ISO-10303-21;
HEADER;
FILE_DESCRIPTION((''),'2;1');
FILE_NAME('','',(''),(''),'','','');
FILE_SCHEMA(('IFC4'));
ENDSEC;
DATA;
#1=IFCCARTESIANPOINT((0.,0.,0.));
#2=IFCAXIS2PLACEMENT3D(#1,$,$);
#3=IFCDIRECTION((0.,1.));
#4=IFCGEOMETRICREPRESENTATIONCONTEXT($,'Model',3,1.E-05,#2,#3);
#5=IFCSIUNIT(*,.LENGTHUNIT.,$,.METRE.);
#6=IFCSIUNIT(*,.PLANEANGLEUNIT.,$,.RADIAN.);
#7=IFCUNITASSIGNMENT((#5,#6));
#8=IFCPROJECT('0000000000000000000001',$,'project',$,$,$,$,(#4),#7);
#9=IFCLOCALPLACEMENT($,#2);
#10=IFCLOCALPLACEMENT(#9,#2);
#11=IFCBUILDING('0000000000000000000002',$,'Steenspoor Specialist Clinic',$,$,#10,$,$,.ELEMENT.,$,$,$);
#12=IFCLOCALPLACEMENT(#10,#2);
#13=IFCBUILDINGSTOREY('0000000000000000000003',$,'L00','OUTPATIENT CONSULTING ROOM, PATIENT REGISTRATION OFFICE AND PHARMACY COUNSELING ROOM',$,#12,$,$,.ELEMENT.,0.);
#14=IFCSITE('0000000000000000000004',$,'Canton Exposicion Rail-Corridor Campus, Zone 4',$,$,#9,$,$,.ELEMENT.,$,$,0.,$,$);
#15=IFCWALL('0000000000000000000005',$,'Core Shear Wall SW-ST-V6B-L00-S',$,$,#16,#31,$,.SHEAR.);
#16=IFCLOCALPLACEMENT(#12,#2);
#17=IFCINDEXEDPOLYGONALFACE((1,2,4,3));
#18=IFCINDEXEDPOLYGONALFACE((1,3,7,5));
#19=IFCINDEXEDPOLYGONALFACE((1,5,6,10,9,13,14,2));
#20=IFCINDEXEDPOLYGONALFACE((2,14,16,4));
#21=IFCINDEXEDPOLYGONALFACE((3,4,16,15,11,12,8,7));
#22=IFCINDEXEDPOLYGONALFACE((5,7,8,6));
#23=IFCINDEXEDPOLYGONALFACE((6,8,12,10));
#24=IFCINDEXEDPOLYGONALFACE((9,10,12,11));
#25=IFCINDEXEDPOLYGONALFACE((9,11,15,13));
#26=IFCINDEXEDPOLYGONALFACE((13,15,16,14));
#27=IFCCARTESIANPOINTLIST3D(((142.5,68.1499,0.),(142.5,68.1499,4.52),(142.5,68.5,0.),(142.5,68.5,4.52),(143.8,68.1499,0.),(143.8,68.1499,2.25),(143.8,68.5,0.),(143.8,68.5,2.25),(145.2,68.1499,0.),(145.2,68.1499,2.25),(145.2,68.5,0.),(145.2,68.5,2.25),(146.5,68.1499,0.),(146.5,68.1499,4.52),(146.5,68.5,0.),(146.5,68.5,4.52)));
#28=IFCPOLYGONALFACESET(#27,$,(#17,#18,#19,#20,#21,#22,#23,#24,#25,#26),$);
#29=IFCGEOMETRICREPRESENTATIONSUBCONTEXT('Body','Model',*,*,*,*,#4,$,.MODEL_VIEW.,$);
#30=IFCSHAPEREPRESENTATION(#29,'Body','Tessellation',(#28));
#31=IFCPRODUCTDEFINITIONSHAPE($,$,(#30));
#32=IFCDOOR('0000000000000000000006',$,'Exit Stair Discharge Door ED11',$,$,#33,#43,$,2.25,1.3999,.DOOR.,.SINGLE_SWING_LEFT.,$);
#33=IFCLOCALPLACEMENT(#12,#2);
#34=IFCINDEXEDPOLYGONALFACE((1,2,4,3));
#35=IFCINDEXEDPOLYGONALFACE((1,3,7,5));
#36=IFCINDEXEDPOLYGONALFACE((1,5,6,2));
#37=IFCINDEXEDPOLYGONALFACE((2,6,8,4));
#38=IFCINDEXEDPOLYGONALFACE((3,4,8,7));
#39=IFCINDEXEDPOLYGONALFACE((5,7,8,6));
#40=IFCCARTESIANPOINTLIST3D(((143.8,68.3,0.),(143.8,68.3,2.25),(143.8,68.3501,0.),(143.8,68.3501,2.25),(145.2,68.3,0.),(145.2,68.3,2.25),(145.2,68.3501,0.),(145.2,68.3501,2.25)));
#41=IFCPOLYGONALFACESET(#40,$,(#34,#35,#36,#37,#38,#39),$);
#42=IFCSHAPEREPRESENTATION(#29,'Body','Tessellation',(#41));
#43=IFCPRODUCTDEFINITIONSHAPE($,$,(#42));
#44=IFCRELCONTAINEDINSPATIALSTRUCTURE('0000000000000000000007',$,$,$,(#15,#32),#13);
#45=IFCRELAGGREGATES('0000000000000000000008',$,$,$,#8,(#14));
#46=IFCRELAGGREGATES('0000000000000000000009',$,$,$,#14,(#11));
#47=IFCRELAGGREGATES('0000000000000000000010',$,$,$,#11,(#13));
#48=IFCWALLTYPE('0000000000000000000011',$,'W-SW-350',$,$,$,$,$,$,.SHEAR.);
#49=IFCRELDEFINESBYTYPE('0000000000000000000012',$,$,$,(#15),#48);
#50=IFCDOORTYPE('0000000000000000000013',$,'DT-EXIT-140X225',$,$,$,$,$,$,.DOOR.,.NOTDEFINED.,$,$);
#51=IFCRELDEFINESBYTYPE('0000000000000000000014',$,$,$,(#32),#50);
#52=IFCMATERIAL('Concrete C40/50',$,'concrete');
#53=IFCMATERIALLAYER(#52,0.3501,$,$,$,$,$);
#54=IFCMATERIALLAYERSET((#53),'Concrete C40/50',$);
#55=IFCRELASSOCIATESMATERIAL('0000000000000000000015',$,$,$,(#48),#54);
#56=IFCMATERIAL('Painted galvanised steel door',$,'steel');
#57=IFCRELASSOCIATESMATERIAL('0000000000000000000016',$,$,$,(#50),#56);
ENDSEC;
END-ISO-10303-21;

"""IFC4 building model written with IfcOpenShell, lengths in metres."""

from ifc_helpers import new_model, si_unit, direction, frame, frame_2d, origin, place, context, subcontext, project, spatial, rectangle, extrude, material, layer, layer_set, type_object, element, fill, save


model = new_model("IFC4")

# Units and contexts
model_context = context("Model", 3, precision=1e-05, world=origin(), true_north=direction((0.0, 1.0)))
body_context = subcontext(model_context, "Body", "Model", "MODEL_VIEW")
ifc_project = project(units=[si_unit("LENGTHUNIT", "METRE"), si_unit("PLANEANGLEUNIT", "RADIAN")], contexts=[model_context])

# Site, building, storey
site_placement = place(None, origin())
site = spatial("IfcSite", under=ifc_project, at=site_placement, Name="Canton Exposicion Rail-Corridor Campus, Zone 4", CompositionType="ELEMENT", RefElevation=0.0)
building_placement = place(site_placement, origin())
building = spatial("IfcBuilding", under=site, at=building_placement, Name="Steenspoor Specialist Clinic", CompositionType="ELEMENT")
storey_placement = place(building_placement, origin())
storey = spatial("IfcBuildingStorey", under=building, at=storey_placement, Name="L00", Description="OUTPATIENT CONSULTING ROOM, PATIENT REGISTRATION OFFICE AND PHARMACY COUNSELING ROOM", CompositionType="ELEMENT", Elevation=0.0)

# Shared definitions
ifc_material_1 = material(Name="Concrete C40/50", Category="concrete")

# Wall, opening, door
ifc_layer_1 = layer(ifc_material_1, 0.3501)
ifc_layer_set_1 = layer_set([ifc_layer_1], Name="Concrete C40/50")
wall_type_1 = type_object("IfcWallType", Name="W-SW-350", PredefinedType="SHEAR", material=ifc_layer_set_1)
wall_1_placement = place(storey_placement, frame((146.5, 68.325, 0.0), z_axis=(0.0, 0.0, 1.0), x_axis=(-1.0, 0.0, 0.0)))
wall_1 = element("IfcWall", 1, at=wall_1_placement, inside=storey, type_object=wall_type_1, Name="Core Shear Wall SW-ST-V6B-L00-S", PredefinedType="SHEAR", context=body_context, shape_type="SweptSolid", body=[
    extrude(rectangle(XDim=4.0, YDim=0.3501, at=frame_2d((2.0, 0.0))), origin(), (0.0, 0.0, 1.0), 4.52),
])
opening_1_placement = place(wall_1_placement, frame((1.3, 0.0, 0.0)))
opening_1 = element("IfcOpeningElement", 2, at=opening_1_placement, cuts=wall_1, PredefinedType="OPENING", context=body_context, shape_type="SweptSolid", body=[
    extrude(rectangle(XDim=1.3999, YDim=2.25, at=frame_2d((0.7, 1.125))), frame((0.0, 0.1851, 0.0), z_axis=(0.0, -1.0, 0.0), x_axis=(1.0, 0.0, 0.0)), (0.0, 0.0, 1.0), 0.3701),
])
ifc_material_2 = material(Name="Painted galvanised steel door", Category="steel")
door_type_1 = type_object("IfcDoorType", Name="DT-EXIT-140X225", OperationType="NOTDEFINED", PredefinedType="DOOR", material=ifc_material_2)
door_1_placement = place(opening_1_placement, origin())
door_1 = element("IfcDoor", 3, at=door_1_placement, inside=storey, type_object=door_type_1, Name="Exit Stair Discharge Door ED11", OperationType="SINGLE_SWING_LEFT", OverallHeight=2.25, OverallWidth=1.3999, PredefinedType="DOOR", context=body_context, shape_type="SweptSolid", body=[
    extrude(rectangle(XDim=1.3999, YDim=2.25, at=frame_2d((0.7, 1.125))), frame((0.0, 0.0249, 0.0), z_axis=(0.0, -1.0, 0.0), x_axis=(1.0, 0.0, 0.0)), (0.0, 0.0, 1.0), 0.05),
])
fill(opening_1, door_1)

save(model, "model.ifc")
